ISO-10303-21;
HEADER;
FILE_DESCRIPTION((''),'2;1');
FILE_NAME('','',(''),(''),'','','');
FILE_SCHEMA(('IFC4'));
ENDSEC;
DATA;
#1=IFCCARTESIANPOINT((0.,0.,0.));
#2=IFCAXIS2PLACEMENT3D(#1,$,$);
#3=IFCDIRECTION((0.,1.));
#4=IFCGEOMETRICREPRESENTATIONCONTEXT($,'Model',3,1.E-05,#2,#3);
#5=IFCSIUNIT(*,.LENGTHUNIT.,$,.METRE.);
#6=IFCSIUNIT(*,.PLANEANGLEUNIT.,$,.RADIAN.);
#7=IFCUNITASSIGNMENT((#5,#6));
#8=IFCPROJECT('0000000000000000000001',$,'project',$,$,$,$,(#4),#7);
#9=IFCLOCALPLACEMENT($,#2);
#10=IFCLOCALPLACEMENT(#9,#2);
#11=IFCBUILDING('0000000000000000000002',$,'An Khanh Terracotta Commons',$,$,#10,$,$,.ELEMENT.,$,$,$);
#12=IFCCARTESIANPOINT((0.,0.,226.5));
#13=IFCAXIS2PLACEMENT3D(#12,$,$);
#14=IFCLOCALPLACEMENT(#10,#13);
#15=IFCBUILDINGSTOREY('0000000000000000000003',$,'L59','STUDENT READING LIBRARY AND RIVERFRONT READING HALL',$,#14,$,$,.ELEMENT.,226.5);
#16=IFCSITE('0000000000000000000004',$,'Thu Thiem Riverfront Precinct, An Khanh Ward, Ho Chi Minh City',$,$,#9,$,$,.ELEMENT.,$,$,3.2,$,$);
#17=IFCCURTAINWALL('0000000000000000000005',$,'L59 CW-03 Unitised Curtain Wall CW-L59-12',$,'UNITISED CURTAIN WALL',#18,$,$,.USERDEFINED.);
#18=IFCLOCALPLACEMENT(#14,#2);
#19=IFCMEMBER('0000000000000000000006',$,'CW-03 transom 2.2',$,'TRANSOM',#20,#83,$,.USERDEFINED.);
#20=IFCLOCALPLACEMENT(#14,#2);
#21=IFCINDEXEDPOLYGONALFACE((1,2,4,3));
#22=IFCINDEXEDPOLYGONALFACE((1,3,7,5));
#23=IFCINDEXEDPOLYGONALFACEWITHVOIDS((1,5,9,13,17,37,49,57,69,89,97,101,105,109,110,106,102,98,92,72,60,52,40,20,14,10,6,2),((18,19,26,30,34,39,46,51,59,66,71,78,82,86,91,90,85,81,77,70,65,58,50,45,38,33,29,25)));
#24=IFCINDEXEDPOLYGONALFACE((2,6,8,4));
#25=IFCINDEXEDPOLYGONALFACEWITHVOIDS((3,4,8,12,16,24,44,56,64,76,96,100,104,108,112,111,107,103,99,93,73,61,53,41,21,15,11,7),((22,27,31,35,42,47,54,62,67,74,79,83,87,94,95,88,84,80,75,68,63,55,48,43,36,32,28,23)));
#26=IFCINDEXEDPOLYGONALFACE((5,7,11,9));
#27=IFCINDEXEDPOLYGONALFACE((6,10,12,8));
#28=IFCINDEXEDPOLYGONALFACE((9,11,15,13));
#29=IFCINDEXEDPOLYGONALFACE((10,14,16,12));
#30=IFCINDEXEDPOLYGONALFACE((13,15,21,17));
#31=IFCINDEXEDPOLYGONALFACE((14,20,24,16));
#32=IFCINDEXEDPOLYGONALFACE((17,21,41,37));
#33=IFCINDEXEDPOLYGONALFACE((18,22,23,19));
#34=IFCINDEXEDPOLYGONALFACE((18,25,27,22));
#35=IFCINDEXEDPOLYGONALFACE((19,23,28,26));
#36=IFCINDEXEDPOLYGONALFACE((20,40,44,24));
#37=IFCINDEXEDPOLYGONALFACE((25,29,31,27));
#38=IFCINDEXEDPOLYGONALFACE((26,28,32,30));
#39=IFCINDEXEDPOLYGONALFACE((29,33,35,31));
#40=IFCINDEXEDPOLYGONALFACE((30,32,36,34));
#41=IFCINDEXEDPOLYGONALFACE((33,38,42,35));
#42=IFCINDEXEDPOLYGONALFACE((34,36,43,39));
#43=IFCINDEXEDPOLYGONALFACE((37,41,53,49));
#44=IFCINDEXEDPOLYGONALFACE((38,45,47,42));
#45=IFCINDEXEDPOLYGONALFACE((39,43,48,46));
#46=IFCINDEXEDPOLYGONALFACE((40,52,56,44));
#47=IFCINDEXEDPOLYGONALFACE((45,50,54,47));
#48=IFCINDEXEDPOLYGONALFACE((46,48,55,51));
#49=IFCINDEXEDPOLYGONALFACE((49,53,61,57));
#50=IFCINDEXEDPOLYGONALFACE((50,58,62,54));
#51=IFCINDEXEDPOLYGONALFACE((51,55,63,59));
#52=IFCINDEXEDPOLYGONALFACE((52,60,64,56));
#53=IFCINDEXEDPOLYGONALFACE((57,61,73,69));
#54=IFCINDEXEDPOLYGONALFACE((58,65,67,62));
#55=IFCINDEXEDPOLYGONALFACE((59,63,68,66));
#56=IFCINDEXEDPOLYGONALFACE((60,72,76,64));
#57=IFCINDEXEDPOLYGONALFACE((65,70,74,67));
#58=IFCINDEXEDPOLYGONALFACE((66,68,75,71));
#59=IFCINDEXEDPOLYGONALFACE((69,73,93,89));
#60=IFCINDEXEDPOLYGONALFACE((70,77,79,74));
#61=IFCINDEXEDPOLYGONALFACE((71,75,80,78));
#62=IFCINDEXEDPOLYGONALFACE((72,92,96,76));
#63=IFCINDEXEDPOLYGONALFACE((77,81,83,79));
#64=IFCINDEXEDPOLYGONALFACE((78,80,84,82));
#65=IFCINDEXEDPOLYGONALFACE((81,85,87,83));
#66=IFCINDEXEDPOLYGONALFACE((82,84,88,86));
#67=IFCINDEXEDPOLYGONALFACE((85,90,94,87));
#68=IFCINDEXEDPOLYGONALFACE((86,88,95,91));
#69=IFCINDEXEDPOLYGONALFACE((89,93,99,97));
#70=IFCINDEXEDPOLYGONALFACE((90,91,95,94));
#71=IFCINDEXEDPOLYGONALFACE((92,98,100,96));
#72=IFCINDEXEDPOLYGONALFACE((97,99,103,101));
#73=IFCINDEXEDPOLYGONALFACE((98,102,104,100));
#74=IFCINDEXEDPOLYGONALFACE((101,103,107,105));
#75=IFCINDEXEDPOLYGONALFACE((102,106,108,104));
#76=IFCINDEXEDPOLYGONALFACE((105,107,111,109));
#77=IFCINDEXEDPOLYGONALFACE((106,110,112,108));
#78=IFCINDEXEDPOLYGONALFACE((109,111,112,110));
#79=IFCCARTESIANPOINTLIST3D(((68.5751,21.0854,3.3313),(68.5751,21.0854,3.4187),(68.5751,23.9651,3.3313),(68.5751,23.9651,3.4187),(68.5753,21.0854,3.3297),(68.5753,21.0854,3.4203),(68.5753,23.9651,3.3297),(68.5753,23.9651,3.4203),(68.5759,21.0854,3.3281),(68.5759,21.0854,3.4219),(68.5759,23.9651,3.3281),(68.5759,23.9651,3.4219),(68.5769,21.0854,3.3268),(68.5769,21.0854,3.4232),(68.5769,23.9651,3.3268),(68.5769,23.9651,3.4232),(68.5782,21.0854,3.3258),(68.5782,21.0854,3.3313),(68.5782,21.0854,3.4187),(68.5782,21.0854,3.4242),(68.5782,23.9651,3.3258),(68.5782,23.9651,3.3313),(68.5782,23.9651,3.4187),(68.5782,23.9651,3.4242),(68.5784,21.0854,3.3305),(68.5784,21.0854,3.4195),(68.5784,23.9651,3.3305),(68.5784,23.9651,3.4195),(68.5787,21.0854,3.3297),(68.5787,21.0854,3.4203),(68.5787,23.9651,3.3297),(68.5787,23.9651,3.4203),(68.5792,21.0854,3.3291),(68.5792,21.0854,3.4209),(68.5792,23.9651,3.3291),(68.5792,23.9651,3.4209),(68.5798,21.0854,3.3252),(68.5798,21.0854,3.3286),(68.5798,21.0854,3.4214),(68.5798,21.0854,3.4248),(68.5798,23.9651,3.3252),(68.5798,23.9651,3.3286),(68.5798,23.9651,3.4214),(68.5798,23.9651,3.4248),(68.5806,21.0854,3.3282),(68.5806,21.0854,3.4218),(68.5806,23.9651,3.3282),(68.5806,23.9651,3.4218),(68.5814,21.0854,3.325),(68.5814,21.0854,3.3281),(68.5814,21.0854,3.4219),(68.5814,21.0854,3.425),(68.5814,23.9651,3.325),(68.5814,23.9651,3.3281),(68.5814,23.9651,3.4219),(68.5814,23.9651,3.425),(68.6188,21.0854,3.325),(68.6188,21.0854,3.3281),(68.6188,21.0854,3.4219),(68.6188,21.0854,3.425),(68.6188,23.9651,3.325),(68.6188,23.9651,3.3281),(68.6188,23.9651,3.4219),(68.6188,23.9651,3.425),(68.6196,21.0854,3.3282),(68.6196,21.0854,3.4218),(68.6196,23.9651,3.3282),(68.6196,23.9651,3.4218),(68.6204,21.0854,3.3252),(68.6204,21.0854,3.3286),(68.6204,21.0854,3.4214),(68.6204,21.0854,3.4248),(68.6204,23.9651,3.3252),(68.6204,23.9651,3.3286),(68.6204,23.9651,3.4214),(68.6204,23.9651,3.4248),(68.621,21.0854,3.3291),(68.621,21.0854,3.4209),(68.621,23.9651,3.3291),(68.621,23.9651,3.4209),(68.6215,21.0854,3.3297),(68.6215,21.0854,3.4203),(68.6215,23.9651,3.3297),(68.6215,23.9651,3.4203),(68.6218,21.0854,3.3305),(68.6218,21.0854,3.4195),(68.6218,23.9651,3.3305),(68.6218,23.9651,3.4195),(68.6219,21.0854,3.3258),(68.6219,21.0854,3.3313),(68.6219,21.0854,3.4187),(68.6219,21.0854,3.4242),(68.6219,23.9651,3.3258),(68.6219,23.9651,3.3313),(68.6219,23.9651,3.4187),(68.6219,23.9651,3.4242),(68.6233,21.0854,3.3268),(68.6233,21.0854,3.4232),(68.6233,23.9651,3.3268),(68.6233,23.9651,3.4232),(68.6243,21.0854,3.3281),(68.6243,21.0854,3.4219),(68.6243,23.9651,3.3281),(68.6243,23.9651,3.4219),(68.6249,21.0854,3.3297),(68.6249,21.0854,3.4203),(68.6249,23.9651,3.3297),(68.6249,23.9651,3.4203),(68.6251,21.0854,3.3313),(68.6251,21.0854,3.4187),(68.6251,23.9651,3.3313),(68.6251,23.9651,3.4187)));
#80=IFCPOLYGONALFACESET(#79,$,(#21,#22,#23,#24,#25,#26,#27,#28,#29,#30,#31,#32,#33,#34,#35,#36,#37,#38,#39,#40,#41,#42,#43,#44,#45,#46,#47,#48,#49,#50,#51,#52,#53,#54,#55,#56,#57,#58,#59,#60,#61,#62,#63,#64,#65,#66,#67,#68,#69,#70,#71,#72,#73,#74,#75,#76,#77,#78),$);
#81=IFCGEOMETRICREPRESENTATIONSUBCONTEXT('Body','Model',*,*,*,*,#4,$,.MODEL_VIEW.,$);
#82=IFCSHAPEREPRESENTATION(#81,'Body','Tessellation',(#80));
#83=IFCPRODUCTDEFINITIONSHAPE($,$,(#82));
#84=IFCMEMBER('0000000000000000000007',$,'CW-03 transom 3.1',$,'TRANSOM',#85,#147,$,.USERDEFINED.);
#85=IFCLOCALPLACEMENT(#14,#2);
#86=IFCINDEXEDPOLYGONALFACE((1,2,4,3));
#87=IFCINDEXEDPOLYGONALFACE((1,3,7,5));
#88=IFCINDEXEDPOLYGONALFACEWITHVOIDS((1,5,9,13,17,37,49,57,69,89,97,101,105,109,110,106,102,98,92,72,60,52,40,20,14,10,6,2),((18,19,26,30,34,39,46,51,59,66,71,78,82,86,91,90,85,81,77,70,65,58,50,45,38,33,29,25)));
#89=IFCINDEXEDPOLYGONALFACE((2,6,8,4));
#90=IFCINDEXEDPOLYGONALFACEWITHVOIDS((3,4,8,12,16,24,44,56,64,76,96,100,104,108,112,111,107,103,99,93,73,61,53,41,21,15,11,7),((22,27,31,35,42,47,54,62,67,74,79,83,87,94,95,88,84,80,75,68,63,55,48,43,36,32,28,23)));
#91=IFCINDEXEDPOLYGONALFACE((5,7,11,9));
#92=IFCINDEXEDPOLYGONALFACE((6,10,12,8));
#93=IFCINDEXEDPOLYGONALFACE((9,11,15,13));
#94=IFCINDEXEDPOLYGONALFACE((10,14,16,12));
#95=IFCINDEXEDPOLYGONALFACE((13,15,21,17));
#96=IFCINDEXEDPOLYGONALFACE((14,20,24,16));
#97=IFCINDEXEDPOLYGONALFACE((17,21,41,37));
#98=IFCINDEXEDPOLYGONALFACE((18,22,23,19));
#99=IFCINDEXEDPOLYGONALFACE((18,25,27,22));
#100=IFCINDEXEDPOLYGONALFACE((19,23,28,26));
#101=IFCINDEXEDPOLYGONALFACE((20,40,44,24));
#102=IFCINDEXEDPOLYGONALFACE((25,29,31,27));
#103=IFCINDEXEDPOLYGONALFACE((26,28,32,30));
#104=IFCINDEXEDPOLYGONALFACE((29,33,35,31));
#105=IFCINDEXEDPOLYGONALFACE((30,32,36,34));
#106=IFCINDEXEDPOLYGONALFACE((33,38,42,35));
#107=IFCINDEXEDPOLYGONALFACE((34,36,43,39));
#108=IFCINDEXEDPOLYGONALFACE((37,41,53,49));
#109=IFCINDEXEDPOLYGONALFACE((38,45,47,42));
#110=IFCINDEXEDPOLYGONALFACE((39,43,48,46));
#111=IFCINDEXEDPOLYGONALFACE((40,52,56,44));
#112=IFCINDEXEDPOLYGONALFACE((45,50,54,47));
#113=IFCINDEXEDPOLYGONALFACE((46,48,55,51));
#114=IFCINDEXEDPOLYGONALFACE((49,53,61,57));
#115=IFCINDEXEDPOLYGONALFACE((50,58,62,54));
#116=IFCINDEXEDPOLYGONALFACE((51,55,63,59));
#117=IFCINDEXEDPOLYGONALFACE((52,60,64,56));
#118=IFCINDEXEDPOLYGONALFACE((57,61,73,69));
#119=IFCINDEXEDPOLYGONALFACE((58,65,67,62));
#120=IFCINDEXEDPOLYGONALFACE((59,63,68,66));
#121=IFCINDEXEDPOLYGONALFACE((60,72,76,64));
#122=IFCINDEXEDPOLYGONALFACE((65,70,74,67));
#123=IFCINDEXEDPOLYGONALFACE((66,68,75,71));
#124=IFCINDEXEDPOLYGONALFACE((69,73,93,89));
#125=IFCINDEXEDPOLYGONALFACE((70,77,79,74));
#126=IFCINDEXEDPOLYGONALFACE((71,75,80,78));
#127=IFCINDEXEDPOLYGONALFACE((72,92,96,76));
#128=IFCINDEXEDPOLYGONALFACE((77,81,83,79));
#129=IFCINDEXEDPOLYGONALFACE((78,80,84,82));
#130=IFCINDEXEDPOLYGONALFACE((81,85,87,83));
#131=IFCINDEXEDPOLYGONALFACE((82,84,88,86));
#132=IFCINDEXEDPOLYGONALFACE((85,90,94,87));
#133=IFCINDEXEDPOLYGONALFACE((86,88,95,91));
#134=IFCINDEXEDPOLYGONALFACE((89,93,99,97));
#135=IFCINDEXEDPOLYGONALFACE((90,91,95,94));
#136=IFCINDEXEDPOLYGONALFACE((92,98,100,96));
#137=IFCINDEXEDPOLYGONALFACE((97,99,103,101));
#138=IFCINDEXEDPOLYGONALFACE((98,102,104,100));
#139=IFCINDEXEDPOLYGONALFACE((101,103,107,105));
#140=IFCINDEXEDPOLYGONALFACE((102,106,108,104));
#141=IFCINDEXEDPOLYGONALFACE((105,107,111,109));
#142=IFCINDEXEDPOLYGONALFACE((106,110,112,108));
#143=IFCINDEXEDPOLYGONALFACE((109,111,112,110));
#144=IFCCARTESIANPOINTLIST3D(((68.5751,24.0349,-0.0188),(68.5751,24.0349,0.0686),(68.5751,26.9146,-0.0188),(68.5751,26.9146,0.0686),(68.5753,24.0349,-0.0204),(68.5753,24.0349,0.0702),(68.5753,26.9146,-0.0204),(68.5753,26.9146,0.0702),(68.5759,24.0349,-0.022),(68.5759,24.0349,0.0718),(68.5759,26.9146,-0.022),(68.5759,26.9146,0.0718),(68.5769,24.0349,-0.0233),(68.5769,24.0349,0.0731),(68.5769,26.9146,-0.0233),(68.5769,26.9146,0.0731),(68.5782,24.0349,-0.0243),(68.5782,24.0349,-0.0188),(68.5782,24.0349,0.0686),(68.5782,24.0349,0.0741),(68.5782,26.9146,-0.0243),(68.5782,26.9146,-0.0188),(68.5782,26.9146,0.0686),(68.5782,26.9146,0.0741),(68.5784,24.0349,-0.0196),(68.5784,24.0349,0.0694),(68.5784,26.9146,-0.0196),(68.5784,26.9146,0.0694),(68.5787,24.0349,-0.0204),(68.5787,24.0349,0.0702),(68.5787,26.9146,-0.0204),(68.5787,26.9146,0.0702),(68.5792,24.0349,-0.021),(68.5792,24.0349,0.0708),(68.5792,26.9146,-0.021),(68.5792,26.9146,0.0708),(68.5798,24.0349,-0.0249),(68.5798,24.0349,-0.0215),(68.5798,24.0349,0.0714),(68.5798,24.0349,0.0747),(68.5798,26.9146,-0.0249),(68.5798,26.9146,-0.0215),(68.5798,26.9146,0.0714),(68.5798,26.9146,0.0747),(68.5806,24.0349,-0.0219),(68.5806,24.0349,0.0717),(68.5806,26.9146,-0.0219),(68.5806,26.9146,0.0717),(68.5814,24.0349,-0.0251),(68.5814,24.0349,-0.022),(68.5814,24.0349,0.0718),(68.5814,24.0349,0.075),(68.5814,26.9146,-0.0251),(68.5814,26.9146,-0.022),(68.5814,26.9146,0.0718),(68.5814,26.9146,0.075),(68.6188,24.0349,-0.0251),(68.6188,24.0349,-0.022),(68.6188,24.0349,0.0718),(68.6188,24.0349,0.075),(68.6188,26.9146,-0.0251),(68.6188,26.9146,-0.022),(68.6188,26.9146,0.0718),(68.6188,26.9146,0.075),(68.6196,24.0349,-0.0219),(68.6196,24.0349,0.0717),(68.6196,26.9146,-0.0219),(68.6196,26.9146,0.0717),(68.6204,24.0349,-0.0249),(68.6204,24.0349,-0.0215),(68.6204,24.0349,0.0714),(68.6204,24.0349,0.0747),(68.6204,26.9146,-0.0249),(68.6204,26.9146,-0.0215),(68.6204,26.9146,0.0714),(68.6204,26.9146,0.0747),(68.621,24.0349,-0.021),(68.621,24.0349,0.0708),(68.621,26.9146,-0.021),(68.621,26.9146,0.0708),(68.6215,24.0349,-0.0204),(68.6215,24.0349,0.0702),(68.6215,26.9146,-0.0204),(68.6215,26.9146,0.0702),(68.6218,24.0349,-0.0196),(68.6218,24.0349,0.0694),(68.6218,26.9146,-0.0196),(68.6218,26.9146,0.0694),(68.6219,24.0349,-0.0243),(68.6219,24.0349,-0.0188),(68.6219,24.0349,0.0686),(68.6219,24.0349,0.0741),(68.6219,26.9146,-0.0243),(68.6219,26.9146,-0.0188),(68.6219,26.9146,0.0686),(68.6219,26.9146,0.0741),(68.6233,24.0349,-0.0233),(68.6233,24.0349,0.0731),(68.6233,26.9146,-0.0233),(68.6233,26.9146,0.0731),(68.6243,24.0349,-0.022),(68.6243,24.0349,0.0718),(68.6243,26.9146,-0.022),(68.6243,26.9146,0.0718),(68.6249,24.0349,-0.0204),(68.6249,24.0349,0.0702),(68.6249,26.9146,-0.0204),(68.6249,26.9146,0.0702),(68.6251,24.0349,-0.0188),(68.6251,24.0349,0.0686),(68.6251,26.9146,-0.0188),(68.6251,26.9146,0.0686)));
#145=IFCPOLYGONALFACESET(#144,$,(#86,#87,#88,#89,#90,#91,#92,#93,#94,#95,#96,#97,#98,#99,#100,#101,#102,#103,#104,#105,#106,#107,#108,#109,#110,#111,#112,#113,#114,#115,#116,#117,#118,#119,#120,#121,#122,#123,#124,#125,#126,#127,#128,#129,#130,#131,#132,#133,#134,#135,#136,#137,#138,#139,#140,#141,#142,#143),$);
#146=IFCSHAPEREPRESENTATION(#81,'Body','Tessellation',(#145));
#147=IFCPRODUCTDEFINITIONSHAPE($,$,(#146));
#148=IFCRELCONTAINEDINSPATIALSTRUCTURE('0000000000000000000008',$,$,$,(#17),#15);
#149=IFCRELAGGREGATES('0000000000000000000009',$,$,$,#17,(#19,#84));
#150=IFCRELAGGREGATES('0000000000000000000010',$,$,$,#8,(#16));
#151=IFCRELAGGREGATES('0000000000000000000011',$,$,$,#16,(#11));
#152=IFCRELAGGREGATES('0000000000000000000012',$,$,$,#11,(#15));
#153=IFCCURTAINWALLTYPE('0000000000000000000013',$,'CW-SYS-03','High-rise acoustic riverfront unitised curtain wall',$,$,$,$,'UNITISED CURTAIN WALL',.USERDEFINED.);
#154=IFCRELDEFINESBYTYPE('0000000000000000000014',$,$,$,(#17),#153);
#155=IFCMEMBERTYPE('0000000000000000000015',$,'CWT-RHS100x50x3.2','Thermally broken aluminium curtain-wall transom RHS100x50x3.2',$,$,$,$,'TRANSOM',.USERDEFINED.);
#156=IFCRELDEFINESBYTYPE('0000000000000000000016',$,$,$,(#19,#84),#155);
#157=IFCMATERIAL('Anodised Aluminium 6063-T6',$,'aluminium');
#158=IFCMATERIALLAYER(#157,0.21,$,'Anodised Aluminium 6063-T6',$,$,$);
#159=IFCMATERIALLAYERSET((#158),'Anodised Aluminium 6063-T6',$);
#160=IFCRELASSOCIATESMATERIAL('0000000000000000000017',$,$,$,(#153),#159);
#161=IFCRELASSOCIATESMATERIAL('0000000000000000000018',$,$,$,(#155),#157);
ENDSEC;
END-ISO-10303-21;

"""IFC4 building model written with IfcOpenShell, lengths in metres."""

from ifc_helpers import new_model, si_unit, direction, frame, origin, origin_2d, place, context, subcontext, project, spatial, hollow_rectangle, extrude, material, layer, layer_set, material_profile, profile_set, type_object, element, aggregate, save


model = new_model("IFC4")

# Units and contexts
model_context = context("Model", 3, precision=1e-05, world=origin(), true_north=direction((0.0, 1.0)))
body_context = subcontext(model_context, "Body", "Model", "MODEL_VIEW")
ifc_project = project(units=[si_unit("LENGTHUNIT", "METRE"), si_unit("PLANEANGLEUNIT", "RADIAN")], contexts=[model_context])

# Site, building, storey
site_placement = place(None, origin())
site = spatial("IfcSite", under=ifc_project, at=site_placement, Name="Thu Thiem Riverfront Precinct, An Khanh Ward, Ho Chi Minh City", CompositionType="ELEMENT", RefElevation=3.2)
building_placement = place(site_placement, origin())
building = spatial("IfcBuilding", under=site, at=building_placement, Name="An Khanh Terracotta Commons", CompositionType="ELEMENT")
storey_placement = place(building_placement, frame((0.0, 0.0, 226.5)))
storey = spatial("IfcBuildingStorey", under=building, at=storey_placement, Name="L59", Description="STUDENT READING LIBRARY AND RIVERFRONT READING HALL", CompositionType="ELEMENT", Elevation=226.5)

# Curtain wall, members
ifc_material_1 = material(Name="Anodised Aluminium 6063-T6", Category="aluminium")
ifc_layer_1 = layer(ifc_material_1, 0.21, Name="Anodised Aluminium 6063-T6")
ifc_layer_set_1 = layer_set([ifc_layer_1], Name="Anodised Aluminium 6063-T6")
curtain_wall_type = type_object("IfcCurtainWallType", Name="CW-SYS-03", Description="High-rise acoustic riverfront unitised curtain wall", ElementType="UNITISED CURTAIN WALL", PredefinedType="USERDEFINED", material=ifc_layer_set_1)
curtain_wall_placement = place(storey_placement, origin())
curtain_wall = element("IfcCurtainWall", 1, at=curtain_wall_placement, inside=storey, type_object=curtain_wall_type, Name="L59 CW-03 Unitised Curtain Wall CW-L59-12", ObjectType="UNITISED CURTAIN WALL", PredefinedType="USERDEFINED")
ifc_material_profile_1 = material_profile(ifc_material_1, hollow_rectangle(XDim=0.05, YDim=0.1001, WallThickness=0.0032, InnerFilletRadius=0.0032, OuterFilletRadius=0.0063, at=origin_2d()), Name="RHS100x50x3.2")
ifc_profile_set_1 = profile_set([ifc_material_profile_1], Name="Anodised Aluminium 6063-T6")
member_type_1 = type_object("IfcMemberType", Name="CWT-RHS100x50x3.2", Description="Thermally broken aluminium curtain-wall transom RHS100x50x3.2", ElementType="TRANSOM", PredefinedType="USERDEFINED", material=ifc_profile_set_1)
member_1_placement = place(storey_placement, frame((68.6001, 21.0854, 3.375), z_axis=(0.0, 1.0, 0.0), x_axis=(-1.0, 0.0, 0.0)))
member_1 = element("IfcMember", 2, at=member_1_placement, type_object=member_type_1, Name="CW-03 transom 2.2", ObjectType="TRANSOM", PredefinedType="USERDEFINED", context=body_context, shape_type="SweptSolid", body=[
    extrude(hollow_rectangle(XDim=0.05, YDim=0.1001, WallThickness=0.0032, InnerFilletRadius=0.0032, OuterFilletRadius=0.0063, at=origin_2d()), origin(), (0.0, 0.0, 1.0), 2.8796),
])
member_2_placement = place(storey_placement, frame((68.6001, 24.0349, 0.0249), z_axis=(0.0, 1.0, 0.0), x_axis=(-1.0, 0.0, 0.0)))
member_2 = element("IfcMember", 3, at=member_2_placement, type_object=member_type_1, Name="CW-03 transom 3.1", ObjectType="TRANSOM", PredefinedType="USERDEFINED", context=body_context, shape_type="SweptSolid", body=[
    extrude(hollow_rectangle(XDim=0.05, YDim=0.1001, WallThickness=0.0032, InnerFilletRadius=0.0032, OuterFilletRadius=0.0063, at=origin_2d()), origin(), (0.0, 0.0, 1.0), 2.8796),
])
aggregate(curtain_wall, [member_1, member_2])

save(model, "model.ifc")
